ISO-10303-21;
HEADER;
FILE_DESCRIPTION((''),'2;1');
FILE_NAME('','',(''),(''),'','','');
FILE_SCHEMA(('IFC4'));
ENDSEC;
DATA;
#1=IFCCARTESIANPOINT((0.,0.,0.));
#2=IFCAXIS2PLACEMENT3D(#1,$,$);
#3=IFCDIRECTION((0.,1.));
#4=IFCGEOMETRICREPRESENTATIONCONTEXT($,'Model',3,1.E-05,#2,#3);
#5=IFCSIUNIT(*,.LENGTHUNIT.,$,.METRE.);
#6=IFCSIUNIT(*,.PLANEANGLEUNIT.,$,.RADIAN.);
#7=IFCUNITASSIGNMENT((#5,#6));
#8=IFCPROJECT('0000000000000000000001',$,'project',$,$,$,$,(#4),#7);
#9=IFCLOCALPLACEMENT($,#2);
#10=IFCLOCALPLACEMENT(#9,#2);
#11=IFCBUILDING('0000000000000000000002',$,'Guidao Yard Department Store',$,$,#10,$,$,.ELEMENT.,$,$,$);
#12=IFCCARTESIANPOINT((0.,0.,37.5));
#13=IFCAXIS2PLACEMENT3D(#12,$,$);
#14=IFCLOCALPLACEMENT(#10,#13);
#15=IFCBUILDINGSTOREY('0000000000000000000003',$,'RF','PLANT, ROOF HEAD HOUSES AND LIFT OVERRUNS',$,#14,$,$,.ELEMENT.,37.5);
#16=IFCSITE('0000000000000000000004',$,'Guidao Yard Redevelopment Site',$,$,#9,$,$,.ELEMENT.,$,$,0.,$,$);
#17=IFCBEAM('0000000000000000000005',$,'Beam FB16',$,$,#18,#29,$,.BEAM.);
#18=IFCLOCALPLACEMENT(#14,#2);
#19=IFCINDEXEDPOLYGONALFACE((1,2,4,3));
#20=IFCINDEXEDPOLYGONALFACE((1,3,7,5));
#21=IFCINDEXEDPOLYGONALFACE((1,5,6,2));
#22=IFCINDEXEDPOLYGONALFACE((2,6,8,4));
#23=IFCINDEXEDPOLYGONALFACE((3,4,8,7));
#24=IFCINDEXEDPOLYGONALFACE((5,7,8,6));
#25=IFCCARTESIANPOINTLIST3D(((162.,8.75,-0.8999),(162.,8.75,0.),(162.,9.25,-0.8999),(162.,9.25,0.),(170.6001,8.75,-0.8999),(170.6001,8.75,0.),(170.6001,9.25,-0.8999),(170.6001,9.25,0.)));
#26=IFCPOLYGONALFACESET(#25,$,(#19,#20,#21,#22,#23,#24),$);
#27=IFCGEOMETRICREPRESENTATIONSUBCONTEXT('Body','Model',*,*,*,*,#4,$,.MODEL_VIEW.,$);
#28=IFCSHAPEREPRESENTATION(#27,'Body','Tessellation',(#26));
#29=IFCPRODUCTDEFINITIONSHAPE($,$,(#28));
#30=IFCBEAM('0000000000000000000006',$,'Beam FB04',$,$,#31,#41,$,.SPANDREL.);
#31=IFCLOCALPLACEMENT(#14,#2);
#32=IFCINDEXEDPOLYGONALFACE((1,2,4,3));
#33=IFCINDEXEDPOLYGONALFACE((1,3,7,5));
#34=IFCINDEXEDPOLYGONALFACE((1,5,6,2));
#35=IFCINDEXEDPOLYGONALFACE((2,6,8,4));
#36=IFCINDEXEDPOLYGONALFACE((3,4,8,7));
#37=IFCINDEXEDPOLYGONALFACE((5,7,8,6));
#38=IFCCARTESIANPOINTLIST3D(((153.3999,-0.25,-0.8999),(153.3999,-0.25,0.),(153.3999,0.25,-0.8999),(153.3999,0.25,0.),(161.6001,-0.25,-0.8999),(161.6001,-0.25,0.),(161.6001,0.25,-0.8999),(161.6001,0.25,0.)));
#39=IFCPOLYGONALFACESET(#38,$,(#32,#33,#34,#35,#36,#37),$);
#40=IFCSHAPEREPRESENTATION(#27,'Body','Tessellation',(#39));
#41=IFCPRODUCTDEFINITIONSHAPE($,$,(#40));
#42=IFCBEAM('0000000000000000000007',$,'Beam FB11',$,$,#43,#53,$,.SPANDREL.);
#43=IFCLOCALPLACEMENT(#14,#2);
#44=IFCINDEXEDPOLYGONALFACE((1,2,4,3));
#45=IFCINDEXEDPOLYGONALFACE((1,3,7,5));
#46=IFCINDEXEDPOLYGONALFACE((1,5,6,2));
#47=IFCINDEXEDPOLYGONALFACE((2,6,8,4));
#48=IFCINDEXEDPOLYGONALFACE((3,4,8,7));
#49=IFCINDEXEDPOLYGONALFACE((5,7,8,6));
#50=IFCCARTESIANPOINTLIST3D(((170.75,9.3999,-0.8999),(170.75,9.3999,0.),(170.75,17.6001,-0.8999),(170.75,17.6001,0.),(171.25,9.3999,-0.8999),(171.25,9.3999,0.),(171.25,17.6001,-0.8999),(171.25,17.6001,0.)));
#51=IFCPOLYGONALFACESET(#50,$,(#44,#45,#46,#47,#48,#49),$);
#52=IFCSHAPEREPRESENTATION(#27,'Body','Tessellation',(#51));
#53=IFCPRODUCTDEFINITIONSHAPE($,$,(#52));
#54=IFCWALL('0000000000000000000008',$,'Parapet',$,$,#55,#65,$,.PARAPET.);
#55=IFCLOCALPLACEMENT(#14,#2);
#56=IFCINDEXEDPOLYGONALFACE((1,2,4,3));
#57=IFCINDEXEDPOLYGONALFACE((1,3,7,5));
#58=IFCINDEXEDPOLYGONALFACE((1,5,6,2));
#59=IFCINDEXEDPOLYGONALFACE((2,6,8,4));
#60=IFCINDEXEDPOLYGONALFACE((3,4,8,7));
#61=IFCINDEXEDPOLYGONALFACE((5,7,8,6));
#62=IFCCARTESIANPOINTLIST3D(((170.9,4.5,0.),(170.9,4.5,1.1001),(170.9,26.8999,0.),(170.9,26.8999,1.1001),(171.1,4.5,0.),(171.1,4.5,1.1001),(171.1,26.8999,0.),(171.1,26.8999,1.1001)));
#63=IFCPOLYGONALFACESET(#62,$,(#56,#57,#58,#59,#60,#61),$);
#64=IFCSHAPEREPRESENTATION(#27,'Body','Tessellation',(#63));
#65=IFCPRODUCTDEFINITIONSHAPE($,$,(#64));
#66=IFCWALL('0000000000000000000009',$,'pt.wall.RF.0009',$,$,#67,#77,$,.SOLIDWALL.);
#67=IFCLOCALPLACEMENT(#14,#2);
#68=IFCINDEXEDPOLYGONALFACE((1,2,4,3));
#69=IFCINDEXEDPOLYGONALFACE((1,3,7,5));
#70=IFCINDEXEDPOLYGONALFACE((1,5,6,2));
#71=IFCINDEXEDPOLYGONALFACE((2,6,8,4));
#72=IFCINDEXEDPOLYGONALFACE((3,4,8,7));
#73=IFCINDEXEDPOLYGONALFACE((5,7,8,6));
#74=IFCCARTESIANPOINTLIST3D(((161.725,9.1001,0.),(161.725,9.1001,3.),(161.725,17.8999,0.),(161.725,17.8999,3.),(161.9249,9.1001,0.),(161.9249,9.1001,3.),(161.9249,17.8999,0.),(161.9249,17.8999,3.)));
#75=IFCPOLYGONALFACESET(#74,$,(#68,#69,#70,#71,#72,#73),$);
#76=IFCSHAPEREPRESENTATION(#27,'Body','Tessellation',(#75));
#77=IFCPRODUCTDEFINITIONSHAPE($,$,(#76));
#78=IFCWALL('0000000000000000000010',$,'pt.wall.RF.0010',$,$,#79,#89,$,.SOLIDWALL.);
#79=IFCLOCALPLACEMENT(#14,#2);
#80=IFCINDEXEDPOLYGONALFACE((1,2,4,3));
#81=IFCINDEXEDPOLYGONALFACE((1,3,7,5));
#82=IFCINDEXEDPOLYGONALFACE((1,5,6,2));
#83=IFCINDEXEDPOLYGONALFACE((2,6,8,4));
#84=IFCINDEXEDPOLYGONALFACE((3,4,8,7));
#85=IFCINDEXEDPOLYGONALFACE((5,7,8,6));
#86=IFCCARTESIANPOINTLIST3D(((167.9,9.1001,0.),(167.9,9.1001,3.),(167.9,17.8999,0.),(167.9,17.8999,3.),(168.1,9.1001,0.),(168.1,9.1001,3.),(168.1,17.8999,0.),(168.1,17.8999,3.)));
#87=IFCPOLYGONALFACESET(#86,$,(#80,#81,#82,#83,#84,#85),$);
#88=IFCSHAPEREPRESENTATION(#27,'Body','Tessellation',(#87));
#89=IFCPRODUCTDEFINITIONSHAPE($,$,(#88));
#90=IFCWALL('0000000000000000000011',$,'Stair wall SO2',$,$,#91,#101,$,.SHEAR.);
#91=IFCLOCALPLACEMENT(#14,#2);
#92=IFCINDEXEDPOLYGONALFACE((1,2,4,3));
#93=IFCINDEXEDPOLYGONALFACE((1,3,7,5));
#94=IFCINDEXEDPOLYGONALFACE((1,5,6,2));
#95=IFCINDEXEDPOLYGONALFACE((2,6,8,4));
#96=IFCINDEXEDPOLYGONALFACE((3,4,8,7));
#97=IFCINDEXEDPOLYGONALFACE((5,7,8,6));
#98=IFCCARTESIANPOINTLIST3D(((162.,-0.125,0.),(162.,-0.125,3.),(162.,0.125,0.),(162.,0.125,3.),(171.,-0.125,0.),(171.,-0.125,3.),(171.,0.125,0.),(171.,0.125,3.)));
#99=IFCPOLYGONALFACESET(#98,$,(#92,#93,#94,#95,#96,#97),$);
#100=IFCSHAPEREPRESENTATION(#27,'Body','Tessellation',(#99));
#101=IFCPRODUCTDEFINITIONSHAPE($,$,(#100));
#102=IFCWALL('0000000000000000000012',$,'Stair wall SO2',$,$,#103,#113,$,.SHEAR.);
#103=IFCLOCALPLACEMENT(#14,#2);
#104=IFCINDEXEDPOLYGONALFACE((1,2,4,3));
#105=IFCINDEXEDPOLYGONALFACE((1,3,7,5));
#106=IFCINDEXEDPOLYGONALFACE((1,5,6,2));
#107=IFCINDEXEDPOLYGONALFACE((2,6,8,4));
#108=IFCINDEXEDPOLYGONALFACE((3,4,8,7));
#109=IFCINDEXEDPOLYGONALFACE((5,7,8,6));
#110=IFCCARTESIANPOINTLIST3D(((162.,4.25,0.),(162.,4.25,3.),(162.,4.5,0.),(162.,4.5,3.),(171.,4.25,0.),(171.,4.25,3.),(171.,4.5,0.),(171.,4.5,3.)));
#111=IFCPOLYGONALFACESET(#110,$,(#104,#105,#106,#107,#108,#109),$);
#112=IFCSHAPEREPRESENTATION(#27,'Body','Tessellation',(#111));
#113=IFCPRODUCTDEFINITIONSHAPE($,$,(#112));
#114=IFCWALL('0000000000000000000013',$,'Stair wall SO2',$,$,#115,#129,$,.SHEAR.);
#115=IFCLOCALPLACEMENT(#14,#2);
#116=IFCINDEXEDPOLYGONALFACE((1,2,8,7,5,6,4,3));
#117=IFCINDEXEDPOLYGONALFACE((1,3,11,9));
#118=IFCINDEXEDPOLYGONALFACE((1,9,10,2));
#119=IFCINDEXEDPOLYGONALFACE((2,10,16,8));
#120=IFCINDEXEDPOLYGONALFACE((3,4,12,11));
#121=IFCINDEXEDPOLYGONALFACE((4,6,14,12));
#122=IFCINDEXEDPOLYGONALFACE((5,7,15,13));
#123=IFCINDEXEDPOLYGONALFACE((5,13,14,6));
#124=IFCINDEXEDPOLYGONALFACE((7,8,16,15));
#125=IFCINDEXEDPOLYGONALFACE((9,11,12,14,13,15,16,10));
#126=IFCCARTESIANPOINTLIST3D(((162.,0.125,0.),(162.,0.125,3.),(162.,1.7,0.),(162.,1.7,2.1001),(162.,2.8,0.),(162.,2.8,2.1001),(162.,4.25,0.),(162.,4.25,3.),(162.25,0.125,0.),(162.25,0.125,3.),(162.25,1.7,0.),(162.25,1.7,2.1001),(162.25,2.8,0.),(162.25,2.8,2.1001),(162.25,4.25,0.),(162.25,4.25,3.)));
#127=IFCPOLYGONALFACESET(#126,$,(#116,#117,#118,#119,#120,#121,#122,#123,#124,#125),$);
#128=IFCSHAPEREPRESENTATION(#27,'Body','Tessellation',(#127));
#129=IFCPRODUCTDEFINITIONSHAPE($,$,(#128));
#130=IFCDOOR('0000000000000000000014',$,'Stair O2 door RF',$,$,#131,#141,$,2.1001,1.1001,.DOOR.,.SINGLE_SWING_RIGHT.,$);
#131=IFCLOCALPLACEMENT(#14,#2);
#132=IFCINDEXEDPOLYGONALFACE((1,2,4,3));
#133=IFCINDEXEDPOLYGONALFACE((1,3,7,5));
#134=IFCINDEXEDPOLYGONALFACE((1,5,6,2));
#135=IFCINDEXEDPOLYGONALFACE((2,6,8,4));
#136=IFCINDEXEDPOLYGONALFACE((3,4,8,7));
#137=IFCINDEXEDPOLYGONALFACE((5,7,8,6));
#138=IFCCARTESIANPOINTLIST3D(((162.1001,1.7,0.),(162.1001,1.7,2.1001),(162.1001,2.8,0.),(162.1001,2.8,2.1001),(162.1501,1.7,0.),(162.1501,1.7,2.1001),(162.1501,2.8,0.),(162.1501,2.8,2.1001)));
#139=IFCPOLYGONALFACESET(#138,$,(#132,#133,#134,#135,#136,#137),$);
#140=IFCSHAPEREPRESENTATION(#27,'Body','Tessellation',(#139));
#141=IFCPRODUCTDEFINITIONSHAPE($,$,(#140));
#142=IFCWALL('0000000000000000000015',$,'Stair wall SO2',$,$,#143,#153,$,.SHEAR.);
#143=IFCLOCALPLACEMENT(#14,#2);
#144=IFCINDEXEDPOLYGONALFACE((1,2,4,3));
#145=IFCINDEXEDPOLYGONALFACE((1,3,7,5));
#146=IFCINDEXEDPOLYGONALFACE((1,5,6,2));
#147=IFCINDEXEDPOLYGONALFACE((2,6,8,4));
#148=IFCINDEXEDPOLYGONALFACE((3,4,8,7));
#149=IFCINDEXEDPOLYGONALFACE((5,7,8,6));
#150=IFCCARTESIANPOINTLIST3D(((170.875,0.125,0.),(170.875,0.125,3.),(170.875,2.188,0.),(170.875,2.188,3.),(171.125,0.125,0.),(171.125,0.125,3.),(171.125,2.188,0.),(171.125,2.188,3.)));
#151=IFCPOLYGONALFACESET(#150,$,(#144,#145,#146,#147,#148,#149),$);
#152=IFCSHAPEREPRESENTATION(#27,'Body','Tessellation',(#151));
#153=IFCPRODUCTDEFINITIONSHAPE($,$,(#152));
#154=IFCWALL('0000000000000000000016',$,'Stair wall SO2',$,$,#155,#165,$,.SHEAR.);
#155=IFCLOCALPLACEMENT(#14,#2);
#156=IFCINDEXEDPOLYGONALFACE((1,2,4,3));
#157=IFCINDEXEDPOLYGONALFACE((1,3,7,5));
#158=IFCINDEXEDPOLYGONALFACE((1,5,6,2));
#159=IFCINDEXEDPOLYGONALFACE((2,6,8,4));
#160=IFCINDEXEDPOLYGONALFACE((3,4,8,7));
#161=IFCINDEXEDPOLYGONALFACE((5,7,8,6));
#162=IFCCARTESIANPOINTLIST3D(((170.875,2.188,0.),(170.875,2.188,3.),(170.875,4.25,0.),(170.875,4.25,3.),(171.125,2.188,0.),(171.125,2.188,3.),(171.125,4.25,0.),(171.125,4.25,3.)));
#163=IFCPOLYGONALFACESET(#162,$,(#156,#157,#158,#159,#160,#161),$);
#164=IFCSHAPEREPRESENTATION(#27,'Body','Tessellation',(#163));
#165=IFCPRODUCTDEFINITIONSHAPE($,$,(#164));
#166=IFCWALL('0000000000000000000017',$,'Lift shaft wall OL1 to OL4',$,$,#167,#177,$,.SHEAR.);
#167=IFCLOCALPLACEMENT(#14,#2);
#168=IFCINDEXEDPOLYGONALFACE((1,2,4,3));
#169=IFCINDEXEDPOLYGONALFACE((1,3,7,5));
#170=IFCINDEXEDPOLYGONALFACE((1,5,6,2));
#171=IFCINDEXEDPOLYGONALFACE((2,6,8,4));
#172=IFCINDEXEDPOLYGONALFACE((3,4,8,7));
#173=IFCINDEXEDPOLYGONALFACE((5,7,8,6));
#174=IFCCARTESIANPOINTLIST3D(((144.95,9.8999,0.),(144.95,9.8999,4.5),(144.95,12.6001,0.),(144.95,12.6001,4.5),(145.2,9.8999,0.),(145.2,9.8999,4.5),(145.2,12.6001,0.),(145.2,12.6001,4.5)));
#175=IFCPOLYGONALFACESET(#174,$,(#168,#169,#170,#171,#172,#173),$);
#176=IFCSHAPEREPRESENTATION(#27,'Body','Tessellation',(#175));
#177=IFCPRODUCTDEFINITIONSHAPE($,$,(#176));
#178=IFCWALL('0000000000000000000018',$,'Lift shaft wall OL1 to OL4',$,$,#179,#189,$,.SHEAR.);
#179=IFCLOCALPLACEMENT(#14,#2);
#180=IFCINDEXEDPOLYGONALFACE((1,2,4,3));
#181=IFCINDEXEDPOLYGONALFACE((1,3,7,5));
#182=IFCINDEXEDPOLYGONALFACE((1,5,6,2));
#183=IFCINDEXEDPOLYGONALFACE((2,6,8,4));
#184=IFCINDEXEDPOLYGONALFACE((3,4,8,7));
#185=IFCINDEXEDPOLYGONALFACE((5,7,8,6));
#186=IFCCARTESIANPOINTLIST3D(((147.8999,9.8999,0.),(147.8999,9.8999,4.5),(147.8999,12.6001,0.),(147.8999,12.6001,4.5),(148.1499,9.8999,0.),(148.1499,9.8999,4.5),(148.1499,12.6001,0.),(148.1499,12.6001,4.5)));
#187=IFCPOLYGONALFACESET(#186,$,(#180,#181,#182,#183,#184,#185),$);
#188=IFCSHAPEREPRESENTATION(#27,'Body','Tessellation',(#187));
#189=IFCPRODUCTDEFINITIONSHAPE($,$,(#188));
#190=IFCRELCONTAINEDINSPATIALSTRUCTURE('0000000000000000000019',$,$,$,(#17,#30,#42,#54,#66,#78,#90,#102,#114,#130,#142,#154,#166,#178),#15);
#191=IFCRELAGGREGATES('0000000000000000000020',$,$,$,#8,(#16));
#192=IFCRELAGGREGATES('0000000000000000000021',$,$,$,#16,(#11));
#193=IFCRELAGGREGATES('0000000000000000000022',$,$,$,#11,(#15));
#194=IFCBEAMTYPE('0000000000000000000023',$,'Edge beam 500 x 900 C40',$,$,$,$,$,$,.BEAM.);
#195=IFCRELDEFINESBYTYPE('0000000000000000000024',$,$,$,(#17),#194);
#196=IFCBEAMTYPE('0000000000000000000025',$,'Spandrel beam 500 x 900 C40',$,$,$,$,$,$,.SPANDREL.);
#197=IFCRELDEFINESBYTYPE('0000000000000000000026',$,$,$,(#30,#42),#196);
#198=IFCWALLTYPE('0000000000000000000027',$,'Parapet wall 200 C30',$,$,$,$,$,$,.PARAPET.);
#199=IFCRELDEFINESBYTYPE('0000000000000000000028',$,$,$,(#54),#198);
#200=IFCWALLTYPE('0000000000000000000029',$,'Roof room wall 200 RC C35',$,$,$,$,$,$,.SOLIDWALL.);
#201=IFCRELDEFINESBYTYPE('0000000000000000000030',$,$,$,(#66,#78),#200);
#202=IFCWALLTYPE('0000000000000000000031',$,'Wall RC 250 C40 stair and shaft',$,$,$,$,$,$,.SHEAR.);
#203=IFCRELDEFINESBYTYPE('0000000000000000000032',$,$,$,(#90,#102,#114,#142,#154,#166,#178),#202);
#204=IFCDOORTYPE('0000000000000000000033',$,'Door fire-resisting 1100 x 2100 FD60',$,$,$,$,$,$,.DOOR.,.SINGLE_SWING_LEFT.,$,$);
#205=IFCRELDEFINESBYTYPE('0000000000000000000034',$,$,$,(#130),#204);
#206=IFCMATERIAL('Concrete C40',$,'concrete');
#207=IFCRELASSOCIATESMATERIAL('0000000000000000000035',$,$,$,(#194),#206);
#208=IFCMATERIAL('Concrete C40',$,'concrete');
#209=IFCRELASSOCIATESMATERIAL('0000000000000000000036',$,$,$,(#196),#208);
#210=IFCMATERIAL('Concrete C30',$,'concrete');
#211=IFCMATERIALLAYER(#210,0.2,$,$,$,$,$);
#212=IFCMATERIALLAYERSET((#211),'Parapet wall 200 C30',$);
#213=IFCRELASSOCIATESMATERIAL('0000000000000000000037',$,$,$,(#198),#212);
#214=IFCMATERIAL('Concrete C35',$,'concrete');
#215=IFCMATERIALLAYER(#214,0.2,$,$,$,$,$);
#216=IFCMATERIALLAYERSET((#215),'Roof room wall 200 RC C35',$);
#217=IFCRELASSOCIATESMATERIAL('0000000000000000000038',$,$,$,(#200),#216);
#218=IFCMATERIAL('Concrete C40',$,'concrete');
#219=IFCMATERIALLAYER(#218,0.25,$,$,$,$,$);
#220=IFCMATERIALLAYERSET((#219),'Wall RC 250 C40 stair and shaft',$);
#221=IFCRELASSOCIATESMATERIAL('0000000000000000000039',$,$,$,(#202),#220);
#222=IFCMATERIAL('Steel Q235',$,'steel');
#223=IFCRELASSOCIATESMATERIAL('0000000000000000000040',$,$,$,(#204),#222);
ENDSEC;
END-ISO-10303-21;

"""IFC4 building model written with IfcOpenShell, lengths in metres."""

from ifc_helpers import new_model, si_unit, direction, frame, frame_2d, origin, origin_2d, place, context, subcontext, project, spatial, rectangle, extrude, material, layer, layer_set, material_profile, profile_set, type_object, element, fill, save


model = new_model("IFC4")

# Units and contexts
model_context = context("Model", 3, precision=1e-05, world=origin(), true_north=direction((0.0, 1.0)))
body_context = subcontext(model_context, "Body", "Model", "MODEL_VIEW")
ifc_project = project(units=[si_unit("LENGTHUNIT", "METRE"), si_unit("PLANEANGLEUNIT", "RADIAN")], contexts=[model_context])

# Site, building, storey
site_placement = place(None, origin())
site = spatial("IfcSite", under=ifc_project, at=site_placement, Name="Guidao Yard Redevelopment Site", CompositionType="ELEMENT", RefElevation=0.0)
building_placement = place(site_placement, origin())
building = spatial("IfcBuilding", under=site, at=building_placement, Name="Guidao Yard Department Store", CompositionType="ELEMENT")
storey_placement = place(building_placement, frame((0.0, 0.0, 37.5)))
storey = spatial("IfcBuildingStorey", under=building, at=storey_placement, Name="RF", Description="PLANT, ROOF HEAD HOUSES AND LIFT OVERRUNS", CompositionType="ELEMENT", Elevation=37.5)

# Beams
ifc_material_1 = material(Name="Concrete C40", Category="concrete")
ifc_material_profile_1 = material_profile(ifc_material_1, rectangle(XDim=0.5, YDim=0.8999, at=origin_2d()), Name="Edge beam 500 x 900 C40")
ifc_profile_set_1 = profile_set([ifc_material_profile_1], Name="Concrete C40")
beam_type_1 = type_object("IfcBeamType", Name="Edge beam 500 x 900 C40", PredefinedType="BEAM", material=ifc_profile_set_1)
beam_placement = place(storey_placement, frame((162.0, 9.0, -0.45), z_axis=(1.0, 0.0, 0.0), x_axis=(0.0, 1.0, 0.0)))
element("IfcBeam", 1, at=beam_placement, inside=storey, type_object=beam_type_1, Name="Beam FB16", PredefinedType="BEAM", context=body_context, shape_type="SweptSolid", body=[
    extrude(rectangle(XDim=0.5, YDim=0.8999, at=origin_2d()), origin(), (0.0, 0.0, 1.0), 8.6001),
])
ifc_material_2 = material(Name="Concrete C40", Category="concrete")
ifc_material_profile_2 = material_profile(ifc_material_2, rectangle(XDim=0.5, YDim=0.8999, at=origin_2d()), Name="Spandrel beam 500 x 900 C40")
ifc_profile_set_2 = profile_set([ifc_material_profile_2], Name="Concrete C40")
beam_type_2 = type_object("IfcBeamType", Name="Spandrel beam 500 x 900 C40", PredefinedType="SPANDREL", material=ifc_profile_set_2)
for number, where, z_axis, x_axis, name in (
    (2, (153.3999, 0.0, -0.45), (1.0, 0.0, 0.0), (0.0, 1.0, 0.0), "Beam FB04"),
    (3, (171.0, 9.3999, -0.45), (0.0, 1.0, 0.0), (-1.0, 0.0, 0.0), "Beam FB11"),
):
    element("IfcBeam", number, at=place(storey_placement, frame(where, z_axis=z_axis, x_axis=x_axis)), inside=storey, type_object=beam_type_2, Name=name, PredefinedType="SPANDREL", context=body_context, shape_type="SweptSolid", body=[
        extrude(rectangle(XDim=0.5, YDim=0.8999, at=origin_2d()), origin(), (0.0, 0.0, 1.0), 8.2002),
    ])

# Wall
ifc_material_3 = material(Name="Concrete C30", Category="concrete")
ifc_layer_1 = layer(ifc_material_3, 0.2)
ifc_layer_set_1 = layer_set([ifc_layer_1], Name="Parapet wall 200 C30")
wall_type_1 = type_object("IfcWallType", Name="Parapet wall 200 C30", PredefinedType="PARAPET", material=ifc_layer_set_1)
wall_1_placement = place(storey_placement, frame((171.0, 4.5, 0.0), z_axis=(0.0, 0.0, 1.0), x_axis=(0.0, 1.0, 0.0)))
element("IfcWall", 4, at=wall_1_placement, inside=storey, type_object=wall_type_1, Name="Parapet", PredefinedType="PARAPET", context=body_context, shape_type="SweptSolid", body=[
    extrude(rectangle(XDim=22.3999, YDim=0.2, at=frame_2d((11.2, 0.0))), origin(), (0.0, 0.0, 1.0), 1.1001),
])

# Shared definitions
ifc_material_4 = material(Name="Concrete C35", Category="concrete")
ifc_layer_2 = layer(ifc_material_4, 0.2)
ifc_layer_set_2 = layer_set([ifc_layer_2], Name="Roof room wall 200 RC C35")
wall_type_2 = type_object("IfcWallType", Name="Roof room wall 200 RC C35", PredefinedType="SOLIDWALL", material=ifc_layer_set_2)

# Walls
for number, where, z_axis, x_axis, name in (
    (5, (161.825, 9.1001, 0.0), (0.0, 0.0, 1.0), (0.0, 1.0, 0.0), "pt.wall.RF.0009"),
    (6, (168.0, 9.1001, 0.0), (0.0, 0.0, 1.0), (0.0, 1.0, 0.0), "pt.wall.RF.0010"),
):
    element("IfcWall", number, at=place(storey_placement, frame(where, z_axis=z_axis, x_axis=x_axis)), inside=storey, type_object=wall_type_2, Name=name, PredefinedType="SOLIDWALL", context=body_context, shape_type="SweptSolid", body=[
        extrude(rectangle(XDim=8.7998, YDim=0.2, at=frame_2d((4.3999, 0.0))), origin(), (0.0, 0.0, 1.0), 3.0),
    ])
ifc_material_5 = material(Name="Concrete C40", Category="concrete")
ifc_layer_3 = layer(ifc_material_5, 0.25)
ifc_layer_set_3 = layer_set([ifc_layer_3], Name="Wall RC 250 C40 stair and shaft")
wall_type_3 = type_object("IfcWallType", Name="Wall RC 250 C40 stair and shaft", PredefinedType="SHEAR", material=ifc_layer_set_3)
for number, where, z_axis, x_axis, name in (
    (7, (162.0, 0.0, 0.0), (0.0, 0.0, 1.0), (1.0, 0.0, 0.0), "Stair wall SO2"),
    (8, (162.0, 4.375, 0.0), (0.0, 0.0, 1.0), (1.0, 0.0, 0.0), "Stair wall SO2"),
):
    element("IfcWall", number, at=place(storey_placement, frame(where, z_axis=z_axis, x_axis=x_axis)), inside=storey, type_object=wall_type_3, Name=name, PredefinedType="SHEAR", context=body_context, shape_type="SweptSolid", body=[
        extrude(rectangle(XDim=9.0, YDim=0.25, at=frame_2d((4.5, 0.0))), origin(), (0.0, 0.0, 1.0), 3.0),
    ])

# Wall, opening, door
wall_2_placement = place(storey_placement, frame((162.125, 0.125, 0.0), z_axis=(0.0, 0.0, 1.0), x_axis=(0.0, 1.0, 0.0)))
wall_2 = element("IfcWall", 9, at=wall_2_placement, inside=storey, type_object=wall_type_3, Name="Stair wall SO2", PredefinedType="SHEAR", context=body_context, shape_type="SweptSolid", body=[
    extrude(rectangle(XDim=4.125, YDim=0.25, at=frame_2d((2.0625, 0.0))), origin(), (0.0, 0.0, 1.0), 3.0),
])
opening_1_placement = place(wall_2_placement, frame((1.575, 0.0, 0.0)))
opening_1 = element("IfcOpeningElement", 10, at=opening_1_placement, cuts=wall_2, PredefinedType="OPENING", context=body_context, shape_type="SweptSolid", body=[
    extrude(rectangle(XDim=1.1001, YDim=2.1001, at=frame_2d((0.55, 1.05))), frame((0.0, 0.135, 0.0), z_axis=(0.0, -1.0, 0.0), x_axis=(1.0, 0.0, 0.0)), (0.0, 0.0, 1.0), 0.27),
])
ifc_material_6 = material(Name="Steel Q235", Category="steel")
door_type_1 = type_object("IfcDoorType", Name="Door fire-resisting 1100 x 2100 FD60", OperationType="SINGLE_SWING_LEFT", PredefinedType="DOOR", material=ifc_material_6)
door_1_placement = place(opening_1_placement, origin())
door_1 = element("IfcDoor", 11, at=door_1_placement, inside=storey, type_object=door_type_1, Name="Stair O2 door RF", OperationType="SINGLE_SWING_RIGHT", OverallHeight=2.1001, OverallWidth=1.1001, PredefinedType="DOOR", context=body_context, shape_type="SweptSolid", body=[
    extrude(rectangle(XDim=1.1001, YDim=2.1001, at=frame_2d((0.55, 1.05))), frame((0.0, 0.0249, 0.0), z_axis=(0.0, -1.0, 0.0), x_axis=(1.0, 0.0, 0.0)), (0.0, 0.0, 1.0), 0.05),
])
fill(opening_1, door_1)

# Walls
wall_3_placement = place(storey_placement, frame((171.0, 0.125, 0.0), z_axis=(0.0, 0.0, 1.0), x_axis=(0.0, 1.0, 0.0)))
element("IfcWall", 12, at=wall_3_placement, inside=storey, type_object=wall_type_3, Name="Stair wall SO2", PredefinedType="SHEAR", context=body_context, shape_type="SweptSolid", body=[
    extrude(rectangle(XDim=2.063, YDim=0.25, at=frame_2d((1.0315, 0.0))), origin(), (0.0, 0.0, 1.0), 3.0),
])
wall_4_placement = place(storey_placement, frame((171.0, 2.188, 0.0), z_axis=(0.0, 0.0, 1.0), x_axis=(0.0, 1.0, 0.0)))
element("IfcWall", 13, at=wall_4_placement, inside=storey, type_object=wall_type_3, Name="Stair wall SO2", PredefinedType="SHEAR", context=body_context, shape_type="SweptSolid", body=[
    extrude(rectangle(XDim=2.062, YDim=0.25, at=frame_2d((1.031, 0.0))), origin(), (0.0, 0.0, 1.0), 3.0),
])
for number, where, z_axis, x_axis, name in (
    (14, (145.075, 9.8999, 0.0), (0.0, 0.0, 1.0), (0.0, 1.0, 0.0), "Lift shaft wall OL1 to OL4"),
    (15, (148.0249, 9.8999, 0.0), (0.0, 0.0, 1.0), (0.0, 1.0, 0.0), "Lift shaft wall OL1 to OL4"),
):
    element("IfcWall", number, at=place(storey_placement, frame(where, z_axis=z_axis, x_axis=x_axis)), inside=storey, type_object=wall_type_3, Name=name, PredefinedType="SHEAR", context=body_context, shape_type="SweptSolid", body=[
        extrude(rectangle(XDim=2.7002, YDim=0.25, at=frame_2d((1.3501, 0.0))), origin(), (0.0, 0.0, 1.0), 4.5),
    ])

save(model, "model.ifc")
